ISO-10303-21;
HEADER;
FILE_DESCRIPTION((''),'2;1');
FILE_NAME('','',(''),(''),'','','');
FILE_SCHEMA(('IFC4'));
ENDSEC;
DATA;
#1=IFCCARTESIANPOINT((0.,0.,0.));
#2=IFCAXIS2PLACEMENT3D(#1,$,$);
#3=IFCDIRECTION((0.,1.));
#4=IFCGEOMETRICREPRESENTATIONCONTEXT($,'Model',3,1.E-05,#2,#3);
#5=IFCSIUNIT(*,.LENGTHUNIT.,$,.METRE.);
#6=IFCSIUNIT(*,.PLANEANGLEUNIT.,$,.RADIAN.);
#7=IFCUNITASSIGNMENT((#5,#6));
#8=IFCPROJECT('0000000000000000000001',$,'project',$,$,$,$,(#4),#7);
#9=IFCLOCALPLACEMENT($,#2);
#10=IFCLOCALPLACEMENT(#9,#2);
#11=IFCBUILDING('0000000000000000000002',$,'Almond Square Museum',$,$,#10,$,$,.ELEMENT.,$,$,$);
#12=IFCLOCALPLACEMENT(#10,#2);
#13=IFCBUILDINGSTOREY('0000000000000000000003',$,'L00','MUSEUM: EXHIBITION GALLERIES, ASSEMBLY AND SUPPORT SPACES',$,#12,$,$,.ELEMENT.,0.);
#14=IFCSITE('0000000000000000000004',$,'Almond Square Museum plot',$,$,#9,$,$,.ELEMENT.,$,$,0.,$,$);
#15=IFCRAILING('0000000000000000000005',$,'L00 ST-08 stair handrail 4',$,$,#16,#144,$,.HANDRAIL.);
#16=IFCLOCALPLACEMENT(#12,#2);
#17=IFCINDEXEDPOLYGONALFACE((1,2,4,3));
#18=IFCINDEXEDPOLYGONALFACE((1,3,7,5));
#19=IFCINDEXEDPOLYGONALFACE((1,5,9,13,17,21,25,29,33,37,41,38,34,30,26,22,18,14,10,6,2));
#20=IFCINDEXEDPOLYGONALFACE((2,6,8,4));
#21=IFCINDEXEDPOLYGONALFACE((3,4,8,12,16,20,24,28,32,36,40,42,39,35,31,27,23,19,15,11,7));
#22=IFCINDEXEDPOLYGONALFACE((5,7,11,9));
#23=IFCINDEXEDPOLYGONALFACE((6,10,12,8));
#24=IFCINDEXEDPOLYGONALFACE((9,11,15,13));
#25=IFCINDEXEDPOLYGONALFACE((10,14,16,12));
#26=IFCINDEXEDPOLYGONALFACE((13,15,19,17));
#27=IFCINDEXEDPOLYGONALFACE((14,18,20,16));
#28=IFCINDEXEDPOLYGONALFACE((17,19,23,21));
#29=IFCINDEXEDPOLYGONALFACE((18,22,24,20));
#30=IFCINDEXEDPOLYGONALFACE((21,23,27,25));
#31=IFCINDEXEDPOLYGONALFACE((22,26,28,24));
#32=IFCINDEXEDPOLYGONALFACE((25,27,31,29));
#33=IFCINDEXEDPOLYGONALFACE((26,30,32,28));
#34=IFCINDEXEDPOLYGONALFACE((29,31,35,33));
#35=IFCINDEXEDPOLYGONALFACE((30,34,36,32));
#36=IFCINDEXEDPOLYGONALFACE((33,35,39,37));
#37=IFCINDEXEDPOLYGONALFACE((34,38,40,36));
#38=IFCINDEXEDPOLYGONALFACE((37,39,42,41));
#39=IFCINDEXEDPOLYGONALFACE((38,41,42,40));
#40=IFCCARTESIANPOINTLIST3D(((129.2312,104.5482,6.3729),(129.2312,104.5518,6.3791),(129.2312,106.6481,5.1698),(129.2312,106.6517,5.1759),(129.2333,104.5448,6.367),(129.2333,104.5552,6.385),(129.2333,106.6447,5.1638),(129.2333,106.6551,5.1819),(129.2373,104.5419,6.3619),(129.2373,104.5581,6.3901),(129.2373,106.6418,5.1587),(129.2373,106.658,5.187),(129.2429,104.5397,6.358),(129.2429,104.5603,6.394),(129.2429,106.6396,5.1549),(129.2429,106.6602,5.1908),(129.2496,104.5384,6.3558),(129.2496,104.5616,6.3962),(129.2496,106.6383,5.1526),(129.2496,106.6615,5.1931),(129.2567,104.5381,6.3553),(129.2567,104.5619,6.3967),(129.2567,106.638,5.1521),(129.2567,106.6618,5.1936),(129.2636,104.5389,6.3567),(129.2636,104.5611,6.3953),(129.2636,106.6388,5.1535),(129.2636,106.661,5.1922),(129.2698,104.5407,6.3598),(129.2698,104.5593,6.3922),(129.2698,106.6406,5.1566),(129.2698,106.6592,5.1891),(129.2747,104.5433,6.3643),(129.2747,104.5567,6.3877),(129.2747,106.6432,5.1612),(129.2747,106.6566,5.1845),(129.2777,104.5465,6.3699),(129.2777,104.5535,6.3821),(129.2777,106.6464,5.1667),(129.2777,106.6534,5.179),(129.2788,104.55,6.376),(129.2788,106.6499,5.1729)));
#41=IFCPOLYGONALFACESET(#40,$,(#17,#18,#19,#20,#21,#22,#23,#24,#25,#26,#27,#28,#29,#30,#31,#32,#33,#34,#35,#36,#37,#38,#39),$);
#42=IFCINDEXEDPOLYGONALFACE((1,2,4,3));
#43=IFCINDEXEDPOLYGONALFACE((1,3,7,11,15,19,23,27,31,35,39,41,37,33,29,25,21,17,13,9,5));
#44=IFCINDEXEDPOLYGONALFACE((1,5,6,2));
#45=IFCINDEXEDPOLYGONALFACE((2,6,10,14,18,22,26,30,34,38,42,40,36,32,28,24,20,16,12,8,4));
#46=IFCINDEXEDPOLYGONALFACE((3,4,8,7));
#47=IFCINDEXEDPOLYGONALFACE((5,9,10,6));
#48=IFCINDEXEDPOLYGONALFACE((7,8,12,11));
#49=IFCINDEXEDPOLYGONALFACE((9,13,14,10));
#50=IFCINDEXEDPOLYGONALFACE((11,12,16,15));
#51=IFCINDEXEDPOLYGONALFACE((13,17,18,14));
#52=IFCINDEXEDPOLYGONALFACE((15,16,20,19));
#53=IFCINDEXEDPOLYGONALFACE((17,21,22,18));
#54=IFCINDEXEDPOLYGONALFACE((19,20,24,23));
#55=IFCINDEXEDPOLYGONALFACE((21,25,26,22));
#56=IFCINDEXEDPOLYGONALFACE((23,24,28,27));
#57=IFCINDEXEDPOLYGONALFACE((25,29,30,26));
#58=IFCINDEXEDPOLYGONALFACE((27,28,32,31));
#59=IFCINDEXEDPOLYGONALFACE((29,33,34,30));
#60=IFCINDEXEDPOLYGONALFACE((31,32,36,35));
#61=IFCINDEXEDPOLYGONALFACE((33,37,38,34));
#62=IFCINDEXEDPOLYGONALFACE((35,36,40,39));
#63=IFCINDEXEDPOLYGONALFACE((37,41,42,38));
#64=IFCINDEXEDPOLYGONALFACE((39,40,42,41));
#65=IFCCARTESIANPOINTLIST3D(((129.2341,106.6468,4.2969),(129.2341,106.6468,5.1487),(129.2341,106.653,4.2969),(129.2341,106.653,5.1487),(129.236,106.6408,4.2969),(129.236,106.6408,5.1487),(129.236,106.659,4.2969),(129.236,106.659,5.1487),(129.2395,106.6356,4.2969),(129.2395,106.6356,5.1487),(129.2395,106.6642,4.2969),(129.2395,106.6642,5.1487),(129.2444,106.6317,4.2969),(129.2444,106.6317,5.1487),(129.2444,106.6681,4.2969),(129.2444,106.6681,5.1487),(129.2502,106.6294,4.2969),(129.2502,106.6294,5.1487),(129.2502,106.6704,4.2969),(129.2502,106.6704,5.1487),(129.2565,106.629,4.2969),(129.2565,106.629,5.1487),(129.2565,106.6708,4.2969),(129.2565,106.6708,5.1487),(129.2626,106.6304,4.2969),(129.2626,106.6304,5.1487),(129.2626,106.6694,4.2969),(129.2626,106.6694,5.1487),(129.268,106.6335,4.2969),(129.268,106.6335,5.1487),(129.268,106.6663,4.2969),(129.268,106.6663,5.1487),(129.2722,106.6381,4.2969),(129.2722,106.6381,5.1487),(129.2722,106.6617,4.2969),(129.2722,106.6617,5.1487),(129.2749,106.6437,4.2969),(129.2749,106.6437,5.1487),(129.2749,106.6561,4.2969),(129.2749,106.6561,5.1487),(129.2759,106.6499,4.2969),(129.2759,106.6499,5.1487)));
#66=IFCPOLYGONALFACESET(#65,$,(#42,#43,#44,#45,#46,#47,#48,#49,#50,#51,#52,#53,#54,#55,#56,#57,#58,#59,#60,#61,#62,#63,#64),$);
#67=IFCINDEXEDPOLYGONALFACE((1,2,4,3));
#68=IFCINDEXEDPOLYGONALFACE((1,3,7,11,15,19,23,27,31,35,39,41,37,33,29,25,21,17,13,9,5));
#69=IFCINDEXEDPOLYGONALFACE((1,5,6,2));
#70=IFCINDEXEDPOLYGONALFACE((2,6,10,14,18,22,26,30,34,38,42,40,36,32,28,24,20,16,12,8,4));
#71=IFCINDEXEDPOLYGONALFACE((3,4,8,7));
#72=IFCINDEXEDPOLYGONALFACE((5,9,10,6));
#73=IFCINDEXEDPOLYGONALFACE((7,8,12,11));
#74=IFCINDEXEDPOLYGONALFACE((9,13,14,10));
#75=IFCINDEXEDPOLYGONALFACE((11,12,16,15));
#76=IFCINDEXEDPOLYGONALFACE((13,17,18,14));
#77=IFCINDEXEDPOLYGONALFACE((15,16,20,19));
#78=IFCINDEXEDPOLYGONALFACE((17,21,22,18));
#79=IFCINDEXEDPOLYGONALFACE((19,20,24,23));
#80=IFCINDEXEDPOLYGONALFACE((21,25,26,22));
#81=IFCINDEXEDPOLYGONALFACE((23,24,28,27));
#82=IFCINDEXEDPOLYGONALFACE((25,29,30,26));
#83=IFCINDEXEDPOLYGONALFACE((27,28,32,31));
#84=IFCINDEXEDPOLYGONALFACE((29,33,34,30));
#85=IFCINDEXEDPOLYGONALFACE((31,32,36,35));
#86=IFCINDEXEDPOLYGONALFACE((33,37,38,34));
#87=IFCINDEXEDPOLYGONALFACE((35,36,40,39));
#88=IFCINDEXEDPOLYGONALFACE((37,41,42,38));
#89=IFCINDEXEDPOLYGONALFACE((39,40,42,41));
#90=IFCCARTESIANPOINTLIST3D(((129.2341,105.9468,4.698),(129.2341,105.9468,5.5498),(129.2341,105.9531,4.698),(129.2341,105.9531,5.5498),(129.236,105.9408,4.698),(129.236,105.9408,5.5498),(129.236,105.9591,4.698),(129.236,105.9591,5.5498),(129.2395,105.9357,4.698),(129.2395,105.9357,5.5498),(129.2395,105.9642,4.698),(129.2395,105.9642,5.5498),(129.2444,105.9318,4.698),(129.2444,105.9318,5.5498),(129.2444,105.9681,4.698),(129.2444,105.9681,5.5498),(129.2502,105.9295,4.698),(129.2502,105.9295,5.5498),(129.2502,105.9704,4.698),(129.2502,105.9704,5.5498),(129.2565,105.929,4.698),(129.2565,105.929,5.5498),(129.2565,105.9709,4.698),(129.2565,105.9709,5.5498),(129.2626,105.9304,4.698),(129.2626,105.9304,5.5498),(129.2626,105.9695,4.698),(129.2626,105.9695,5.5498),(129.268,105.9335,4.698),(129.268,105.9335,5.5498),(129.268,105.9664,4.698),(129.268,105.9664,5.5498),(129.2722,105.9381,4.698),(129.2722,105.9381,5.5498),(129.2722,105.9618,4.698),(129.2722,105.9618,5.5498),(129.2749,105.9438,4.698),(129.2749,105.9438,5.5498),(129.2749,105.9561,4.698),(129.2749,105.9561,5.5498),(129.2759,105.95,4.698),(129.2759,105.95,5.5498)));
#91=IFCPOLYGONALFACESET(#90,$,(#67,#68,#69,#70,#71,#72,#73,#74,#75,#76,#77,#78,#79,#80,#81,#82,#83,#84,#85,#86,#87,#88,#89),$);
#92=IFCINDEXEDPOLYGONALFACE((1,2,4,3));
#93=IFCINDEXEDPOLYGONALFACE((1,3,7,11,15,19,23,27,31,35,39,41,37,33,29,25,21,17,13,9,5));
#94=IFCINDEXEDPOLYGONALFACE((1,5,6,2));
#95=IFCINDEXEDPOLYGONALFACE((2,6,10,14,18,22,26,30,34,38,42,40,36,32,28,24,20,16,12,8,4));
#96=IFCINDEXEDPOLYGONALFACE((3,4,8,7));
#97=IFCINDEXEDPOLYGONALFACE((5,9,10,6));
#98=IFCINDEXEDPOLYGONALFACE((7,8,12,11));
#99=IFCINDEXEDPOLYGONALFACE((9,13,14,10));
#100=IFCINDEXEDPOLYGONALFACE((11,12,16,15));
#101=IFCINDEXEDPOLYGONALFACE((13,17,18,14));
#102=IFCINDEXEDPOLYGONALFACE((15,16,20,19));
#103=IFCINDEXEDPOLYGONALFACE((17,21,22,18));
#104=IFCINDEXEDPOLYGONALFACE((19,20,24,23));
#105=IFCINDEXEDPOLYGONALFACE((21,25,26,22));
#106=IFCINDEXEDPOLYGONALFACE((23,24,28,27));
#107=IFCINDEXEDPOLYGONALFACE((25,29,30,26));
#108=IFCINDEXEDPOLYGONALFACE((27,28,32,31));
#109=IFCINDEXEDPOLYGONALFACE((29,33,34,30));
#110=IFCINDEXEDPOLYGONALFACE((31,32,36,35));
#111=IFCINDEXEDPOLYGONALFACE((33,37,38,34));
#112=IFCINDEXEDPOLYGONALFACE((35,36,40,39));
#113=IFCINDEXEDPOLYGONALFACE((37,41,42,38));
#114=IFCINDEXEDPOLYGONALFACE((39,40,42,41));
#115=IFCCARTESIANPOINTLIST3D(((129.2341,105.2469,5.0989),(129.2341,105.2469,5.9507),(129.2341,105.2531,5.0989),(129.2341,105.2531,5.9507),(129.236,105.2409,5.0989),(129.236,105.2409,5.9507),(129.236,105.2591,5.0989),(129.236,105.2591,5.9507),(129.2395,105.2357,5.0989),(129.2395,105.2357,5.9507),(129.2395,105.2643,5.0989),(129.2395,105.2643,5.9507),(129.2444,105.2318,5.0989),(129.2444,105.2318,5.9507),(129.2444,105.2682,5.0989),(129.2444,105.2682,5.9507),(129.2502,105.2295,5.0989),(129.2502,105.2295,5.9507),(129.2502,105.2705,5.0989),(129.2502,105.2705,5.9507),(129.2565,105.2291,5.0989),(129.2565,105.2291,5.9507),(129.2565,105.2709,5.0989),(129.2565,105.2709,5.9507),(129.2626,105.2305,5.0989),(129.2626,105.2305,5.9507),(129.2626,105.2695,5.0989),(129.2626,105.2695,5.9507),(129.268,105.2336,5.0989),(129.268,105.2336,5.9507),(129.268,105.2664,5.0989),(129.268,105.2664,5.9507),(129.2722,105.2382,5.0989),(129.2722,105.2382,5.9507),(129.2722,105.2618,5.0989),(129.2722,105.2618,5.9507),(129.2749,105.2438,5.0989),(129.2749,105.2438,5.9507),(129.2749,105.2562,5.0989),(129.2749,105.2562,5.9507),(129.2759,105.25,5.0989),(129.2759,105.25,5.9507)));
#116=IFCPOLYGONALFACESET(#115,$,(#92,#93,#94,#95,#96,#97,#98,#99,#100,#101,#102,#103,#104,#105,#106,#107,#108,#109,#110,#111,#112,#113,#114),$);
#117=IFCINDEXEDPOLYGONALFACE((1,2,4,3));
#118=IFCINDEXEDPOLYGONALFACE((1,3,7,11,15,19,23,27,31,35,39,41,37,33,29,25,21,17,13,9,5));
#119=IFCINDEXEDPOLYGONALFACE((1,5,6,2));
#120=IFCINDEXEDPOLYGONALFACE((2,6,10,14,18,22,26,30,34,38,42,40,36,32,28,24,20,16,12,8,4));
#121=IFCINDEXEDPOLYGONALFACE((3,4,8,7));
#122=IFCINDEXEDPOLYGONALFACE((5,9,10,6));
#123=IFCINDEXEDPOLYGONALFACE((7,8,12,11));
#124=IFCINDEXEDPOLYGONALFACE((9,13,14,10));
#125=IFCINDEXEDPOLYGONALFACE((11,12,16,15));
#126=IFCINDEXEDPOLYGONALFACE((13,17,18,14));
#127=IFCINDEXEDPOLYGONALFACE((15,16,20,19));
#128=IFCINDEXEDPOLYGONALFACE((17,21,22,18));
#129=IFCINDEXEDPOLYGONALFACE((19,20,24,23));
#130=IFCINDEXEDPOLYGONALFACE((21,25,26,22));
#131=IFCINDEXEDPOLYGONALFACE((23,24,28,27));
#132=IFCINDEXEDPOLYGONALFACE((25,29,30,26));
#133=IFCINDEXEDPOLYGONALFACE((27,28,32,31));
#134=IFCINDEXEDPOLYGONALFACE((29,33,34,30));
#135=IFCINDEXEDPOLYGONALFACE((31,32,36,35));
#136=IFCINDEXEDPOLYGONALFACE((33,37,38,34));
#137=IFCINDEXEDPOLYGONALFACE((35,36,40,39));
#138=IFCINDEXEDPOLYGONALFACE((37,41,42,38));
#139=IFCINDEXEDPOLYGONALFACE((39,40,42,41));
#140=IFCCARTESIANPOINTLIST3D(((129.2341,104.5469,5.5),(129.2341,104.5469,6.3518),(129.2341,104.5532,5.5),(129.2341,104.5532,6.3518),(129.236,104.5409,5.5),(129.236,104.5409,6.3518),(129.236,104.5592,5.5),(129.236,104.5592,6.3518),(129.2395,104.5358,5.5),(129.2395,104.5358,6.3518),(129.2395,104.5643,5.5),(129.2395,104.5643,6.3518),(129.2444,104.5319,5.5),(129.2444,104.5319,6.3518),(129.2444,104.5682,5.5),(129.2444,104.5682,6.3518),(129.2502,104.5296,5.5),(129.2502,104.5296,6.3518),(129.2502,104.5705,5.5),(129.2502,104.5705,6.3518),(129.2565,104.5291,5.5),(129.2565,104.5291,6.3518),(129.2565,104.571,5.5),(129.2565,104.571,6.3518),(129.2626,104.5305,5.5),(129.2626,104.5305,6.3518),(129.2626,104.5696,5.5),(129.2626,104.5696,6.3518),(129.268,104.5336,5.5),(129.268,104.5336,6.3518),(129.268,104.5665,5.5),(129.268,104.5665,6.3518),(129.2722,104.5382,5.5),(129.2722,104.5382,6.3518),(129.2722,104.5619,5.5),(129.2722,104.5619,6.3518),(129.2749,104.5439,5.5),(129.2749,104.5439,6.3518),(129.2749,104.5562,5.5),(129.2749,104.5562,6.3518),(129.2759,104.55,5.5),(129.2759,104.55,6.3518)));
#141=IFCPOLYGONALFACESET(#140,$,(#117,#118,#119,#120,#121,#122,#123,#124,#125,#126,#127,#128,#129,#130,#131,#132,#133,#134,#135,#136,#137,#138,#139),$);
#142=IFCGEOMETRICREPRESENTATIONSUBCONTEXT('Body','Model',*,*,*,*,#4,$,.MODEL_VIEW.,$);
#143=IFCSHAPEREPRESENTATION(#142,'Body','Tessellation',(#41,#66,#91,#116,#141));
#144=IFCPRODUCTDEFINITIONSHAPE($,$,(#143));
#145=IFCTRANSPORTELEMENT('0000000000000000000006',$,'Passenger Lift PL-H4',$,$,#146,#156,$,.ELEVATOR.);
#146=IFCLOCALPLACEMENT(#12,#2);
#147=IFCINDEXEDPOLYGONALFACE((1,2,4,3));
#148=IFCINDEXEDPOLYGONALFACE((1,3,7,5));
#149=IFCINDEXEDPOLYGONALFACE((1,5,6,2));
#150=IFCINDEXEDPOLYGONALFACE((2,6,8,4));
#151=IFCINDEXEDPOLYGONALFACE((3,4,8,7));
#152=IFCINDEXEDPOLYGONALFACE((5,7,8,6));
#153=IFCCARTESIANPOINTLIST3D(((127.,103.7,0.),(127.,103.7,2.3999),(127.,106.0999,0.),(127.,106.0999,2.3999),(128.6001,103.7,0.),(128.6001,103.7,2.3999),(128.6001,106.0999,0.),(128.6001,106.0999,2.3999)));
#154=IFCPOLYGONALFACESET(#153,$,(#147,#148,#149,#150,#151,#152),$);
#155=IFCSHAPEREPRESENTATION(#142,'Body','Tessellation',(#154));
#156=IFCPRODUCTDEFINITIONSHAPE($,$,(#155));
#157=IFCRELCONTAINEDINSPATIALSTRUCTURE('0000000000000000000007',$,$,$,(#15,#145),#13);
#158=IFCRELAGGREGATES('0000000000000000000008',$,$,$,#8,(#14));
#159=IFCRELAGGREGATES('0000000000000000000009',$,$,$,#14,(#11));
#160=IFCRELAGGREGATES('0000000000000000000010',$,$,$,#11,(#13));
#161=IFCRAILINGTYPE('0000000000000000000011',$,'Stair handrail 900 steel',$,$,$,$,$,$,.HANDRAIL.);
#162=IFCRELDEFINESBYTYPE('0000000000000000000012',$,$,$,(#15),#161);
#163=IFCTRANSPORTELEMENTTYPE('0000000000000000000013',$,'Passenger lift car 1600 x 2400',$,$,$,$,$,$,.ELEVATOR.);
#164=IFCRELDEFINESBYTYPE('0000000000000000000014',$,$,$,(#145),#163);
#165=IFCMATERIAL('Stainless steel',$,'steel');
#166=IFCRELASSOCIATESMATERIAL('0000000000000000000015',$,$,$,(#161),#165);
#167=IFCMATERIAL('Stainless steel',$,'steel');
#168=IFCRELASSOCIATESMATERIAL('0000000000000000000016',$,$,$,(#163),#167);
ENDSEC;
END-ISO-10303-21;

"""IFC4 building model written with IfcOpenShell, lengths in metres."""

from ifc_helpers import new_model, si_unit, direction, frame, origin, origin_2d, place, context, subcontext, project, spatial, rectangle, circle, extrude, material, type_object, element, save


model = new_model("IFC4")

# Units and contexts
model_context = context("Model", 3, precision=1e-05, world=origin(), true_north=direction((0.0, 1.0)))
body_context = subcontext(model_context, "Body", "Model", "MODEL_VIEW")
ifc_project = project(units=[si_unit("LENGTHUNIT", "METRE"), si_unit("PLANEANGLEUNIT", "RADIAN")], contexts=[model_context])

# Site, building, storey
site_placement = place(None, origin())
site = spatial("IfcSite", under=ifc_project, at=site_placement, Name="Almond Square Museum plot", CompositionType="ELEMENT", RefElevation=0.0)
building_placement = place(site_placement, origin())
building = spatial("IfcBuilding", under=site, at=building_placement, Name="Almond Square Museum", CompositionType="ELEMENT")
storey_placement = place(building_placement, origin())
storey = spatial("IfcBuildingStorey", under=building, at=storey_placement, Name="L00", Description="MUSEUM: EXHIBITION GALLERIES, ASSEMBLY AND SUPPORT SPACES", CompositionType="ELEMENT", Elevation=0.0)

# Railing
ifc_material_1 = material(Name="Stainless steel", Category="steel")
railing_type_1 = type_object("IfcRailingType", Name="Stair handrail 900 steel", PredefinedType="HANDRAIL", material=ifc_material_1)
for number, where, name in (
    (1, (129.2549, 106.6499, 4.2969), "L00 ST-08 stair handrail 4"),
):
    element("IfcRailing", number, at=place(storey_placement, frame(where)), inside=storey, type_object=railing_type_1, Name=name, PredefinedType="HANDRAIL", context=body_context, shape_type="SweptSolid", body=[
        extrude(circle(Radius=0.0239, at=origin_2d()), frame((0.0, 0.0, 0.876), z_axis=(0.0, -0.867671, 0.497138), x_axis=(1.0, 0.0, 0.0)), (0.0, 0.0, 1.0), 2.4202),
        extrude(circle(Radius=0.021, at=origin_2d()), origin(), (0.0, 0.0, 1.0), 0.8518),
        extrude(circle(Radius=0.021, at=origin_2d()), frame((0.0, -0.7, 0.4011)), (0.0, 0.0, 1.0), 0.8518),
        extrude(circle(Radius=0.021, at=origin_2d()), frame((0.0, -1.3999, 0.802)), (0.0, 0.0, 1.0), 0.8518),
        extrude(circle(Radius=0.021, at=origin_2d()), frame((0.0, -2.0999, 1.2031)), (0.0, 0.0, 1.0), 0.8518),
    ])

# Transport element
ifc_material_2 = material(Name="Stainless steel", Category="steel")
transport_element_type = type_object("IfcTransportElementType", Name="Passenger lift car 1600 x 2400", PredefinedType="ELEVATOR", material=ifc_material_2)
transport_element_placement = place(storey_placement, frame((127.8, 104.8999, 0.0), z_axis=(0.0, 0.0, 1.0), x_axis=(1.0, 0.0, 0.0)))
element("IfcTransportElement", 2, at=transport_element_placement, inside=storey, type_object=transport_element_type, Name="Passenger Lift PL-H4", PredefinedType="ELEVATOR", context=body_context, shape_type="SweptSolid", body=[
    extrude(rectangle(XDim=1.6001, YDim=2.3999, at=origin_2d()), origin(), (0.0, 0.0, 1.0), 2.3999),
])

save(model, "model.ifc")
